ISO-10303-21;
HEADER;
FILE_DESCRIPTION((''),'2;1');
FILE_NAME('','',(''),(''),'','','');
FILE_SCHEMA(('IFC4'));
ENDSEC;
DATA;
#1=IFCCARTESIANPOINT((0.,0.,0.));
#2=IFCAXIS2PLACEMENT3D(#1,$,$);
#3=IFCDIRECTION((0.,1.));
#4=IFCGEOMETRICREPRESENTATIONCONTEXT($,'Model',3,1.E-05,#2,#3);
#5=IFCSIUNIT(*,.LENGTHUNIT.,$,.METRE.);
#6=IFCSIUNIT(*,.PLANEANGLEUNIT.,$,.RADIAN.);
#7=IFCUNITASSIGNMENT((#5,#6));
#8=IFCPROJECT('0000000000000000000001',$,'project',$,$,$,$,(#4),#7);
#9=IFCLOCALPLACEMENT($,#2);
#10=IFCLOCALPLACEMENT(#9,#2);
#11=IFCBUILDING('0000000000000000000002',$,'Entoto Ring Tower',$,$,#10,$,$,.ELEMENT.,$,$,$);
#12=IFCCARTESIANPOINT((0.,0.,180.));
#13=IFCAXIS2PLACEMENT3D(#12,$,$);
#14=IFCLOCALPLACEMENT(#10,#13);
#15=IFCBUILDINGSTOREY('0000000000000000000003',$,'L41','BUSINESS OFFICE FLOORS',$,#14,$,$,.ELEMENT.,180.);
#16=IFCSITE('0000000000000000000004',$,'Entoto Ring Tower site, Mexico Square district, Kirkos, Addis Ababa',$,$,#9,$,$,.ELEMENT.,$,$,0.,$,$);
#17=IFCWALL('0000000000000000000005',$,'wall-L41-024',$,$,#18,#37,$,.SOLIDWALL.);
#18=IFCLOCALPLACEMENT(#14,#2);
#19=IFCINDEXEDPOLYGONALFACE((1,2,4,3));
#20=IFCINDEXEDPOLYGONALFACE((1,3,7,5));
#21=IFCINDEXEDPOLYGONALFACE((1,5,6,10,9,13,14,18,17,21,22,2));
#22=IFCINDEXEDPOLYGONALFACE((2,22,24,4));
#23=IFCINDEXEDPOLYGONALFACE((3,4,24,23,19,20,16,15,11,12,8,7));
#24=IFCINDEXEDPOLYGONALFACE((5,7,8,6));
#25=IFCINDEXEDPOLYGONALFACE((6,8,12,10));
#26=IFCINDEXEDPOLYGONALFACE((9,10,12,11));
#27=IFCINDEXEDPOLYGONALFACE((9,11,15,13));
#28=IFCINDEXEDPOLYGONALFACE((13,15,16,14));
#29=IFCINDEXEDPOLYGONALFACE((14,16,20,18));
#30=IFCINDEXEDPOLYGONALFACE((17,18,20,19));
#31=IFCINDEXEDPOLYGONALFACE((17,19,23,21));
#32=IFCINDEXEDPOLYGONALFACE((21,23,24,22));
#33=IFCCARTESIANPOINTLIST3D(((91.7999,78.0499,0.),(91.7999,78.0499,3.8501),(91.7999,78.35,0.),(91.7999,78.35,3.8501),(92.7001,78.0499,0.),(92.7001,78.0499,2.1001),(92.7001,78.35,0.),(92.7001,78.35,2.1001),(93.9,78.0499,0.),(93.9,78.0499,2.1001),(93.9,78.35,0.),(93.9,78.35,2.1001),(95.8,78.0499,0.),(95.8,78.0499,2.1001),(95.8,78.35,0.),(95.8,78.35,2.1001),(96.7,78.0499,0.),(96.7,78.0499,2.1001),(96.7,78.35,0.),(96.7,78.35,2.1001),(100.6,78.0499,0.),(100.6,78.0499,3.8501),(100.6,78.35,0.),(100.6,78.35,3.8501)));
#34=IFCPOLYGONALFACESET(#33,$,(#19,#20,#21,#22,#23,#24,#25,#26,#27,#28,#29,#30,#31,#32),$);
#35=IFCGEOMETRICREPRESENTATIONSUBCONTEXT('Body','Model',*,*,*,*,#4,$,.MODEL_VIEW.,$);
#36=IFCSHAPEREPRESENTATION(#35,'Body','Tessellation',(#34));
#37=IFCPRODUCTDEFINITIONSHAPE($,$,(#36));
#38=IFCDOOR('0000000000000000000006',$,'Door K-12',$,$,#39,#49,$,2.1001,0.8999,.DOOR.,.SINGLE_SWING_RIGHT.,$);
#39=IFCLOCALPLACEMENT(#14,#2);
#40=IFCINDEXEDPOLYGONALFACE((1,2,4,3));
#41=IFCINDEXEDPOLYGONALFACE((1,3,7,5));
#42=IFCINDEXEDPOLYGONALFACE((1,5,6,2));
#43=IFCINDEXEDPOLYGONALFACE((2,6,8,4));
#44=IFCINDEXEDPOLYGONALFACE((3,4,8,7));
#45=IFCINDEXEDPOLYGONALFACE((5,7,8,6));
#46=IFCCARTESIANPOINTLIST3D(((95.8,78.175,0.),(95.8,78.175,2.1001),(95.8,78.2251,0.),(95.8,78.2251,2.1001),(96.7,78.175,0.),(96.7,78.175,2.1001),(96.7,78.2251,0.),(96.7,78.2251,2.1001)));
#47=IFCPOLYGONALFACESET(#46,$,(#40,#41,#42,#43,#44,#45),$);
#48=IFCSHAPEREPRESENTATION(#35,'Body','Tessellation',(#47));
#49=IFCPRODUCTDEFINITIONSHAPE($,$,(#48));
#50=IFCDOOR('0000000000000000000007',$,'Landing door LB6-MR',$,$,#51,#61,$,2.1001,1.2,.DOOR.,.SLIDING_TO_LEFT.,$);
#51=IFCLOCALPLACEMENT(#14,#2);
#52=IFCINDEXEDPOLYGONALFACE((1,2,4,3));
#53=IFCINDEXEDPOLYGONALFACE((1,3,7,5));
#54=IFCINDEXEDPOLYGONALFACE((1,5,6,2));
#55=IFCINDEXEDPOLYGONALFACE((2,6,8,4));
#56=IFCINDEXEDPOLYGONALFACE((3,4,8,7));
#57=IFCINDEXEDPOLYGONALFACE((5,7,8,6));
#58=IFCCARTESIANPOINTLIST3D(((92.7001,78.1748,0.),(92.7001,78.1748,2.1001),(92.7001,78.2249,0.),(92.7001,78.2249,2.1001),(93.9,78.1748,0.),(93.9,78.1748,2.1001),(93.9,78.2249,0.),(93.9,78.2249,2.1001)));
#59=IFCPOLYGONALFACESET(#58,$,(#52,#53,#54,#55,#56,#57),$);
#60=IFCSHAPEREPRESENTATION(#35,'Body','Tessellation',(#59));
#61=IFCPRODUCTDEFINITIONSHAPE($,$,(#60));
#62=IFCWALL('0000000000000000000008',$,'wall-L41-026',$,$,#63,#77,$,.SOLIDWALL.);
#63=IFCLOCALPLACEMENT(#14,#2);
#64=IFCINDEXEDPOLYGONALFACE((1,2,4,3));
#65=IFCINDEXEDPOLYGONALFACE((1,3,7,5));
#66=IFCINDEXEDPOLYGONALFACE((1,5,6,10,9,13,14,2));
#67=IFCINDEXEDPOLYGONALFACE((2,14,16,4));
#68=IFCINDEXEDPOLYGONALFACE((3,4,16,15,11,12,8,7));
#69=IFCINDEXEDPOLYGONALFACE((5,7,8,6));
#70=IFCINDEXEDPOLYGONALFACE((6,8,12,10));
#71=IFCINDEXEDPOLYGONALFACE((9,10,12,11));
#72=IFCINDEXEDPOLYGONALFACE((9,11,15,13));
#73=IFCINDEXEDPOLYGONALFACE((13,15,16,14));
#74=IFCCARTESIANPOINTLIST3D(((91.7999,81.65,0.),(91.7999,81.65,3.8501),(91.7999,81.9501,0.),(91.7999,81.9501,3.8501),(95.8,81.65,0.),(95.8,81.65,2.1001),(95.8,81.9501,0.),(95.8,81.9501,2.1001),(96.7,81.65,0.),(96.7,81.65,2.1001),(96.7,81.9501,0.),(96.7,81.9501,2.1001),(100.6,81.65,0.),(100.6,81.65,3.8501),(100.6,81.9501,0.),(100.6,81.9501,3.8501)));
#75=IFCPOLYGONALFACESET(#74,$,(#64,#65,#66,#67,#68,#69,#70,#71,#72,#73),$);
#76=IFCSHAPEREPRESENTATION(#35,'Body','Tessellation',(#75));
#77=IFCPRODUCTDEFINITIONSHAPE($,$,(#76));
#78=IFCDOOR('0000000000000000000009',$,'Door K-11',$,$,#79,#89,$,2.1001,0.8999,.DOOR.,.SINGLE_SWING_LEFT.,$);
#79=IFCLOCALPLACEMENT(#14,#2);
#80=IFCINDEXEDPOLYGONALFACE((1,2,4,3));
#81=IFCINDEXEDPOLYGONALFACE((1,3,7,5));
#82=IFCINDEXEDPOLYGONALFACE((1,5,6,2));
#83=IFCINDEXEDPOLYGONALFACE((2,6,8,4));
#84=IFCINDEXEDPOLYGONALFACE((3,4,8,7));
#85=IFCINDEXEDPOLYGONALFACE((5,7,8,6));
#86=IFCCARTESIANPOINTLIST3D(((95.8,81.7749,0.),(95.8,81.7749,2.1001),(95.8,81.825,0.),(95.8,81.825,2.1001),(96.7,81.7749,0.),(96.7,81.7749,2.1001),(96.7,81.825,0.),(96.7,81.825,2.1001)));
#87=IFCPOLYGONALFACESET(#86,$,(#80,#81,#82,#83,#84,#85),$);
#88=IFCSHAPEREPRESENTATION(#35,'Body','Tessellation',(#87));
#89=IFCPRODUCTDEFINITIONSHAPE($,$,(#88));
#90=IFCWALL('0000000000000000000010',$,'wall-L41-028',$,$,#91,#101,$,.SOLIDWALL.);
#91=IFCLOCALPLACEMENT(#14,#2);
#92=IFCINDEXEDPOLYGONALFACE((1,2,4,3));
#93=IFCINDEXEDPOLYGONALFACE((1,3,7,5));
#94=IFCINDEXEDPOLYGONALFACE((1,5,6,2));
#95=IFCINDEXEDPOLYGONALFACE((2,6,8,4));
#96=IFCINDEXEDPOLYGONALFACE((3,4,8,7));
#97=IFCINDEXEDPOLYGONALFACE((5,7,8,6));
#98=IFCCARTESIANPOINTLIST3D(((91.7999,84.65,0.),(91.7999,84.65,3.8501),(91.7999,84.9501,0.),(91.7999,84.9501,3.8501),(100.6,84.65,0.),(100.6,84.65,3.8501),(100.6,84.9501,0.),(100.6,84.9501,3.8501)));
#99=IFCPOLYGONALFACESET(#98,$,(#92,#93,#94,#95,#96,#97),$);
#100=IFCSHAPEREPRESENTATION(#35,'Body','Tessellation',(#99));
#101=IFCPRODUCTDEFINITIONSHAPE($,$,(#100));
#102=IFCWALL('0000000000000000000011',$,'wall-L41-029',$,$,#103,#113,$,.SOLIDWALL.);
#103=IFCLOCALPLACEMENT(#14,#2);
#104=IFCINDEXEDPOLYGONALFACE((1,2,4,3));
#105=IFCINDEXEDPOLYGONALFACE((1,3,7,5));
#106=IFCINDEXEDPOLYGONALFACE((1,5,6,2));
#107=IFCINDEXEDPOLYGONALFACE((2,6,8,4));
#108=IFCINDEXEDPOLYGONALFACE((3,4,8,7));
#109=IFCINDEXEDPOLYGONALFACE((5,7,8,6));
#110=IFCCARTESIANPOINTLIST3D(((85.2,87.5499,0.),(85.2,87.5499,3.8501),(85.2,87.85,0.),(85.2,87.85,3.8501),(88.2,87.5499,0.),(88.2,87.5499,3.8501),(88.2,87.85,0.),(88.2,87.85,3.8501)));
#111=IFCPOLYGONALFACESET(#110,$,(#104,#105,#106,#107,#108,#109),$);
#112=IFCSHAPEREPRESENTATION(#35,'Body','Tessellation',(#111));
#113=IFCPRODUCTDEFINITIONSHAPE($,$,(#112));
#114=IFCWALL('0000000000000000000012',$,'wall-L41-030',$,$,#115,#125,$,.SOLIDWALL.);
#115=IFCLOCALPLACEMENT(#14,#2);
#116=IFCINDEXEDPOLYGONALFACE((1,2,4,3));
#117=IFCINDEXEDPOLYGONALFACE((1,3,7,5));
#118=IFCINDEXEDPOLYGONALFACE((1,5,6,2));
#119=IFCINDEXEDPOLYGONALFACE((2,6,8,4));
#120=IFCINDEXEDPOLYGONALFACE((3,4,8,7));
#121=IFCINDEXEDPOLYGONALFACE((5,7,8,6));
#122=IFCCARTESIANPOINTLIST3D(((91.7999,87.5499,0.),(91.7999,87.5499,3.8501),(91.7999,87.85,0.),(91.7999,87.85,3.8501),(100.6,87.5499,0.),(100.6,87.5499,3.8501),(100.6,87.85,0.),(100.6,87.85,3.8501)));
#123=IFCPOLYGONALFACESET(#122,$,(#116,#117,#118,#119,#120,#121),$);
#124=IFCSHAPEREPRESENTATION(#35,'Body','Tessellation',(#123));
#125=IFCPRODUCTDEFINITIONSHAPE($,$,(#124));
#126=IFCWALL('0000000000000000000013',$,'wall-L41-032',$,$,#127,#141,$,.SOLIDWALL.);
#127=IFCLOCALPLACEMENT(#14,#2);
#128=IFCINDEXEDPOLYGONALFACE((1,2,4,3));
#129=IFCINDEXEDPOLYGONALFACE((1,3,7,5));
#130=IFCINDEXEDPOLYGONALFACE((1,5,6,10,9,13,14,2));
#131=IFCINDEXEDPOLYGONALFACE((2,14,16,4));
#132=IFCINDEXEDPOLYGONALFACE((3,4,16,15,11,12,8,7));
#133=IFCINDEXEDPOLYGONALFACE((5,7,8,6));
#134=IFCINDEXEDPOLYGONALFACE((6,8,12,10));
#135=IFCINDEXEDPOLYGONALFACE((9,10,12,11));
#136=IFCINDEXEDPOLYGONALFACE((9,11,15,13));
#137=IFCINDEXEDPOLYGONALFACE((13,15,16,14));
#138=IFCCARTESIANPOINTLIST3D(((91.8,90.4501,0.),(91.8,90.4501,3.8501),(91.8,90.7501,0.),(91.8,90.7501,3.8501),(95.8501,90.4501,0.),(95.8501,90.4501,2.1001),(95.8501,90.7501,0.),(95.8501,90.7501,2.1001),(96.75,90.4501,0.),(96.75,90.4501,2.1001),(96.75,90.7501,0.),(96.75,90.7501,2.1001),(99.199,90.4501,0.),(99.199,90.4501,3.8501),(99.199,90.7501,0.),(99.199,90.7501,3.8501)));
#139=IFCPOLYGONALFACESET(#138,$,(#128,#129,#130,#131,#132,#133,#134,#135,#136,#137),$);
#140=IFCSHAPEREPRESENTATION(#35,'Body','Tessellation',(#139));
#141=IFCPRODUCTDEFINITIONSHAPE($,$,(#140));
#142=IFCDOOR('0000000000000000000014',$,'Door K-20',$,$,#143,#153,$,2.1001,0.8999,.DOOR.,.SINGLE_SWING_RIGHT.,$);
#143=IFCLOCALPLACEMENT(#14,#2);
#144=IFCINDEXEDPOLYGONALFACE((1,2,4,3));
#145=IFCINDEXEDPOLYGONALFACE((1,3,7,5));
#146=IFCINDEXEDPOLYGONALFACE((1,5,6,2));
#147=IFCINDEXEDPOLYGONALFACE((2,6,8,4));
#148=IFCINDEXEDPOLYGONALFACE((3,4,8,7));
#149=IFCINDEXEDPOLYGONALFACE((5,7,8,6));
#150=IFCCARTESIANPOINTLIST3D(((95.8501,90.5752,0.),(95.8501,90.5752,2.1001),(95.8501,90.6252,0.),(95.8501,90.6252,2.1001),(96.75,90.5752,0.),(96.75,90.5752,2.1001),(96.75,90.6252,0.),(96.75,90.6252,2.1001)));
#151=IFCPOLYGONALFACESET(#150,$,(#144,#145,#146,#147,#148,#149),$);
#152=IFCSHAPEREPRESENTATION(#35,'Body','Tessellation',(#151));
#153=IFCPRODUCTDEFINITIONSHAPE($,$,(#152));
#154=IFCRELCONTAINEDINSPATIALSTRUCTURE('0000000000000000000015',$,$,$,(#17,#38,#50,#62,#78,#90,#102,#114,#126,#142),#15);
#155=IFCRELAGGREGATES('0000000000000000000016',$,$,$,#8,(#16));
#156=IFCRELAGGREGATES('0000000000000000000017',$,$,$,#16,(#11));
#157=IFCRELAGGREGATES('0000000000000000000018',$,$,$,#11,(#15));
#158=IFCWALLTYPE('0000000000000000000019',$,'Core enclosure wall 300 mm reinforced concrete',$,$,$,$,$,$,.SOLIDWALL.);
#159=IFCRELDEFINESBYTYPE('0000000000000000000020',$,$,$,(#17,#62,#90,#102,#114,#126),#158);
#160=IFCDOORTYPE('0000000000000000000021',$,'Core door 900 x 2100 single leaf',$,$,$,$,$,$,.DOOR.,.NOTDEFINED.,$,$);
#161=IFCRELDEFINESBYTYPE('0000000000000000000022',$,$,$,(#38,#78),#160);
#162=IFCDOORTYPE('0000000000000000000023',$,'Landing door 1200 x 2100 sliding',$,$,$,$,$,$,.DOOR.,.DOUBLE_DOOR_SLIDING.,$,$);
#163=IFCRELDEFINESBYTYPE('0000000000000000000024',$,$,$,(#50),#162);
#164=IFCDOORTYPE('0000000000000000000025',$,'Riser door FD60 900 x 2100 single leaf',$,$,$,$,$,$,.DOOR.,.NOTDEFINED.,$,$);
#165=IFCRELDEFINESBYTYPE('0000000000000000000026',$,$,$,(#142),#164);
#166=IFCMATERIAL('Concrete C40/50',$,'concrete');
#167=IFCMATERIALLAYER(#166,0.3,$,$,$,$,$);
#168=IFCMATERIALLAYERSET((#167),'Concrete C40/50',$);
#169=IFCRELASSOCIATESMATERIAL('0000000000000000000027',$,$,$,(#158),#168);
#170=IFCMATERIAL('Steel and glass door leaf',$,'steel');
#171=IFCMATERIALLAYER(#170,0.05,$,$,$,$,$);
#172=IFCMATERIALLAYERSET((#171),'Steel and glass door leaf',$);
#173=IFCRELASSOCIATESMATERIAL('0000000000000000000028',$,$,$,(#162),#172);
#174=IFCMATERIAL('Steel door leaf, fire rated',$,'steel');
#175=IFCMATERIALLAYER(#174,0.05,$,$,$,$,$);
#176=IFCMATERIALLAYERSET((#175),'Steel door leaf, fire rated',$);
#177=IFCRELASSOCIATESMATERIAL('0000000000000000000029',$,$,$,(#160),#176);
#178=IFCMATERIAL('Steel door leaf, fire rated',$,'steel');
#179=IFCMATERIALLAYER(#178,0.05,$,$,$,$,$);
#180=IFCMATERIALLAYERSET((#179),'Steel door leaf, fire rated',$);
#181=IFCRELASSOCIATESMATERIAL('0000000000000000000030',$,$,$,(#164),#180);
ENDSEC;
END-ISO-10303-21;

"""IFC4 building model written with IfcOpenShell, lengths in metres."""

from ifc_helpers import new_model, si_unit, direction, frame, frame_2d, origin, place, context, subcontext, project, spatial, rectangle, extrude, material, layer, layer_set, type_object, element, fill, save


model = new_model("IFC4")

# Units and contexts
model_context = context("Model", 3, precision=1e-05, world=origin(), true_north=direction((0.0, 1.0)))
body_context = subcontext(model_context, "Body", "Model", "MODEL_VIEW")
ifc_project = project(units=[si_unit("LENGTHUNIT", "METRE"), si_unit("PLANEANGLEUNIT", "RADIAN")], contexts=[model_context])

# Site, building, storey
site_placement = place(None, origin())
site = spatial("IfcSite", under=ifc_project, at=site_placement, Name="Entoto Ring Tower site, Mexico Square district, Kirkos, Addis Ababa", CompositionType="ELEMENT", RefElevation=0.0)
building_placement = place(site_placement, origin())
building = spatial("IfcBuilding", under=site, at=building_placement, Name="Entoto Ring Tower", CompositionType="ELEMENT")
storey_placement = place(building_placement, frame((0.0, 0.0, 180.0)))
storey = spatial("IfcBuildingStorey", under=building, at=storey_placement, Name="L41", Description="BUSINESS OFFICE FLOORS", CompositionType="ELEMENT", Elevation=180.0)

# Shared definitions
ifc_material_1 = material(Name="Concrete C40/50", Category="concrete")
ifc_layer_1 = layer(ifc_material_1, 0.3)
ifc_layer_set_1 = layer_set([ifc_layer_1], Name="Concrete C40/50")
wall_type = type_object("IfcWallType", Name="Core enclosure wall 300 mm reinforced concrete", PredefinedType="SOLIDWALL", material=ifc_layer_set_1)

# Shared definitions
ifc_material_2 = material(Name="Steel and glass door leaf", Category="steel")
ifc_layer_2 = layer(ifc_material_2, 0.05)
ifc_layer_set_2 = layer_set([ifc_layer_2], Name="Steel and glass door leaf")
door_type_1 = type_object("IfcDoorType", Name="Landing door 1200 x 2100 sliding", OperationType="DOUBLE_DOOR_SLIDING", PredefinedType="DOOR", material=ifc_layer_set_2)

# Wall, openings, doors
wall_1_placement = place(storey_placement, frame((91.8, 78.2, 0.0), z_axis=(0.0, 0.0, 1.0), x_axis=(1.0, 0.0, 0.0)))
wall_1 = element("IfcWall", 1, at=wall_1_placement, inside=storey, type_object=wall_type, Name="wall-L41-024", PredefinedType="SOLIDWALL", context=body_context, shape_type="SweptSolid", body=[
    extrude(rectangle(XDim=8.8, YDim=0.3, at=frame_2d((4.3999, 0.0))), origin(), (0.0, 0.0, 1.0), 3.8501),
])
opening_1_placement = place(wall_1_placement, frame((0.8999, 0.0, 0.0)))
opening_1 = element("IfcOpeningElement", 2, at=opening_1_placement, cuts=wall_1, PredefinedType="OPENING", context=body_context, shape_type="SweptSolid", body=[
    extrude(rectangle(XDim=1.2, YDim=2.1001, at=frame_2d((0.6001, 1.05))), frame((0.0, 0.1602, 0.0), z_axis=(0.0, -1.0, 0.0), x_axis=(1.0, 0.0, 0.0)), (0.0, 0.0, 1.0), 0.3201),
])
opening_2_placement = place(wall_1_placement, frame((4.0, 0.0, 0.0)))
opening_2 = element("IfcOpeningElement", 3, at=opening_2_placement, cuts=wall_1, PredefinedType="OPENING", context=body_context, shape_type="SweptSolid", body=[
    extrude(rectangle(XDim=0.8999, YDim=2.1001, at=frame_2d((0.45, 1.05))), frame((0.0, 0.1602, 0.0), z_axis=(0.0, -1.0, 0.0), x_axis=(1.0, 0.0, 0.0)), (0.0, 0.0, 1.0), 0.3201),
])
ifc_material_3 = material(Name="Steel door leaf, fire rated", Category="steel")
ifc_layer_3 = layer(ifc_material_3, 0.05)
ifc_layer_set_3 = layer_set([ifc_layer_3], Name="Steel door leaf, fire rated")
door_type_2 = type_object("IfcDoorType", Name="Core door 900 x 2100 single leaf", OperationType="NOTDEFINED", PredefinedType="DOOR", material=ifc_layer_set_3)
door_1_placement = place(opening_2_placement, frame((0.8999, 0.0, 0.0), z_axis=(0.0, 0.0, 1.0), x_axis=(-1.0, 0.0, 0.0)))
door_1 = element("IfcDoor", 4, at=door_1_placement, inside=storey, type_object=door_type_2, Name="Door K-12", OperationType="SINGLE_SWING_RIGHT", OverallHeight=2.1001, OverallWidth=0.8999, PredefinedType="DOOR", context=body_context, shape_type="SweptSolid", body=[
    extrude(rectangle(XDim=0.8999, YDim=2.1001, at=frame_2d((0.45, 1.05))), frame((0.0, 0.0249, 0.0), z_axis=(0.0, -1.0, 0.0), x_axis=(1.0, 0.0, 0.0)), (0.0, 0.0, 1.0), 0.05),
])
fill(opening_2, door_1)
door_2_placement = place(opening_1_placement, origin())
door_2 = element("IfcDoor", 5, at=door_2_placement, inside=storey, type_object=door_type_1, Name="Landing door LB6-MR", OperationType="SLIDING_TO_LEFT", OverallHeight=2.1001, OverallWidth=1.2, PredefinedType="DOOR", context=body_context, shape_type="SweptSolid", body=[
    extrude(rectangle(XDim=1.2, YDim=2.1001, at=frame_2d((0.6001, 1.05))), frame((0.0, 0.0249, 0.0), z_axis=(0.0, -1.0, 0.0), x_axis=(1.0, 0.0, 0.0)), (0.0, 0.0, 1.0), 0.05),
])
fill(opening_1, door_2)

# Wall, opening, door
wall_2_placement = place(storey_placement, frame((91.8, 81.8, 0.0), z_axis=(0.0, 0.0, 1.0), x_axis=(1.0, 0.0, 0.0)))
wall_2 = element("IfcWall", 6, at=wall_2_placement, inside=storey, type_object=wall_type, Name="wall-L41-026", PredefinedType="SOLIDWALL", context=body_context, shape_type="SweptSolid", body=[
    extrude(rectangle(XDim=8.8, YDim=0.3, at=frame_2d((4.3999, 0.0))), origin(), (0.0, 0.0, 1.0), 3.8501),
])
opening_3_placement = place(wall_2_placement, frame((4.0, 0.0, 0.0)))
opening_3 = element("IfcOpeningElement", 7, at=opening_3_placement, cuts=wall_2, PredefinedType="OPENING", context=body_context, shape_type="SweptSolid", body=[
    extrude(rectangle(XDim=0.8999, YDim=2.1001, at=frame_2d((0.45, 1.05))), frame((0.0, 0.1602, 0.0), z_axis=(0.0, -1.0, 0.0), x_axis=(1.0, 0.0, 0.0)), (0.0, 0.0, 1.0), 0.3201),
])
door_3_placement = place(opening_3_placement, origin())
door_3 = element("IfcDoor", 8, at=door_3_placement, inside=storey, type_object=door_type_2, Name="Door K-11", OperationType="SINGLE_SWING_LEFT", OverallHeight=2.1001, OverallWidth=0.8999, PredefinedType="DOOR", context=body_context, shape_type="SweptSolid", body=[
    extrude(rectangle(XDim=0.8999, YDim=2.1001, at=frame_2d((0.45, 1.05))), frame((0.0, 0.0249, 0.0), z_axis=(0.0, -1.0, 0.0), x_axis=(1.0, 0.0, 0.0)), (0.0, 0.0, 1.0), 0.05),
])
fill(opening_3, door_3)

# Walls
wall_3_placement = place(storey_placement, frame((91.8, 84.8, 0.0), z_axis=(0.0, 0.0, 1.0), x_axis=(1.0, 0.0, 0.0)))
element("IfcWall", 9, at=wall_3_placement, inside=storey, type_object=wall_type, Name="wall-L41-028", PredefinedType="SOLIDWALL", context=body_context, shape_type="SweptSolid", body=[
    extrude(rectangle(XDim=8.8, YDim=0.3, at=frame_2d((4.3999, 0.0))), origin(), (0.0, 0.0, 1.0), 3.8501),
])
wall_4_placement = place(storey_placement, frame((85.2, 87.7, 0.0), z_axis=(0.0, 0.0, 1.0), x_axis=(1.0, 0.0, 0.0)))
element("IfcWall", 10, at=wall_4_placement, inside=storey, type_object=wall_type, Name="wall-L41-029", PredefinedType="SOLIDWALL", context=body_context, shape_type="SweptSolid", body=[
    extrude(rectangle(XDim=3.0, YDim=0.3, at=frame_2d((1.5, 0.0))), origin(), (0.0, 0.0, 1.0), 3.8501),
])
wall_5_placement = place(storey_placement, frame((91.8, 87.7, 0.0), z_axis=(0.0, 0.0, 1.0), x_axis=(1.0, 0.0, 0.0)))
element("IfcWall", 11, at=wall_5_placement, inside=storey, type_object=wall_type, Name="wall-L41-030", PredefinedType="SOLIDWALL", context=body_context, shape_type="SweptSolid", body=[
    extrude(rectangle(XDim=8.8, YDim=0.3, at=frame_2d((4.3999, 0.0))), origin(), (0.0, 0.0, 1.0), 3.8501),
])

# Wall, opening, door
wall_6_placement = place(storey_placement, frame((91.8, 90.6001, 0.0), z_axis=(0.0, 0.0, 1.0), x_axis=(1.0, 0.0, 0.0)))
wall_6 = element("IfcWall", 12, at=wall_6_placement, inside=storey, type_object=wall_type, Name="wall-L41-032", PredefinedType="SOLIDWALL", context=body_context, shape_type="SweptSolid", body=[
    extrude(rectangle(XDim=7.3989, YDim=0.3, at=frame_2d((3.6995, 0.0))), origin(), (0.0, 0.0, 1.0), 3.8501),
])
opening_4_placement = place(wall_6_placement, frame((4.05, 0.0, 0.0)))
opening_4 = element("IfcOpeningElement", 13, at=opening_4_placement, cuts=wall_6, PredefinedType="OPENING", context=body_context, shape_type="SweptSolid", body=[
    extrude(rectangle(XDim=0.8999, YDim=2.1001, at=frame_2d((0.45, 1.05))), frame((0.0, 0.1602, 0.0), z_axis=(0.0, -1.0, 0.0), x_axis=(1.0, 0.0, 0.0)), (0.0, 0.0, 1.0), 0.3201),
])
ifc_material_4 = material(Name="Steel door leaf, fire rated", Category="steel")
ifc_layer_4 = layer(ifc_material_4, 0.05)
ifc_layer_set_4 = layer_set([ifc_layer_4], Name="Steel door leaf, fire rated")
door_type_3 = type_object("IfcDoorType", Name="Riser door FD60 900 x 2100 single leaf", OperationType="NOTDEFINED", PredefinedType="DOOR", material=ifc_layer_set_4)
door_4_placement = place(opening_4_placement, frame((0.8999, 0.0, 0.0), z_axis=(0.0, 0.0, 1.0), x_axis=(-1.0, 0.0, 0.0)))
door_4 = element("IfcDoor", 14, at=door_4_placement, inside=storey, type_object=door_type_3, Name="Door K-20", OperationType="SINGLE_SWING_RIGHT", OverallHeight=2.1001, OverallWidth=0.8999, PredefinedType="DOOR", context=body_context, shape_type="SweptSolid", body=[
    extrude(rectangle(XDim=0.8999, YDim=2.1001, at=frame_2d((0.45, 1.05))), frame((0.0, 0.0249, 0.0), z_axis=(0.0, -1.0, 0.0), x_axis=(1.0, 0.0, 0.0)), (0.0, 0.0, 1.0), 0.05),
])
fill(opening_4, door_4)

save(model, "model.ifc")
